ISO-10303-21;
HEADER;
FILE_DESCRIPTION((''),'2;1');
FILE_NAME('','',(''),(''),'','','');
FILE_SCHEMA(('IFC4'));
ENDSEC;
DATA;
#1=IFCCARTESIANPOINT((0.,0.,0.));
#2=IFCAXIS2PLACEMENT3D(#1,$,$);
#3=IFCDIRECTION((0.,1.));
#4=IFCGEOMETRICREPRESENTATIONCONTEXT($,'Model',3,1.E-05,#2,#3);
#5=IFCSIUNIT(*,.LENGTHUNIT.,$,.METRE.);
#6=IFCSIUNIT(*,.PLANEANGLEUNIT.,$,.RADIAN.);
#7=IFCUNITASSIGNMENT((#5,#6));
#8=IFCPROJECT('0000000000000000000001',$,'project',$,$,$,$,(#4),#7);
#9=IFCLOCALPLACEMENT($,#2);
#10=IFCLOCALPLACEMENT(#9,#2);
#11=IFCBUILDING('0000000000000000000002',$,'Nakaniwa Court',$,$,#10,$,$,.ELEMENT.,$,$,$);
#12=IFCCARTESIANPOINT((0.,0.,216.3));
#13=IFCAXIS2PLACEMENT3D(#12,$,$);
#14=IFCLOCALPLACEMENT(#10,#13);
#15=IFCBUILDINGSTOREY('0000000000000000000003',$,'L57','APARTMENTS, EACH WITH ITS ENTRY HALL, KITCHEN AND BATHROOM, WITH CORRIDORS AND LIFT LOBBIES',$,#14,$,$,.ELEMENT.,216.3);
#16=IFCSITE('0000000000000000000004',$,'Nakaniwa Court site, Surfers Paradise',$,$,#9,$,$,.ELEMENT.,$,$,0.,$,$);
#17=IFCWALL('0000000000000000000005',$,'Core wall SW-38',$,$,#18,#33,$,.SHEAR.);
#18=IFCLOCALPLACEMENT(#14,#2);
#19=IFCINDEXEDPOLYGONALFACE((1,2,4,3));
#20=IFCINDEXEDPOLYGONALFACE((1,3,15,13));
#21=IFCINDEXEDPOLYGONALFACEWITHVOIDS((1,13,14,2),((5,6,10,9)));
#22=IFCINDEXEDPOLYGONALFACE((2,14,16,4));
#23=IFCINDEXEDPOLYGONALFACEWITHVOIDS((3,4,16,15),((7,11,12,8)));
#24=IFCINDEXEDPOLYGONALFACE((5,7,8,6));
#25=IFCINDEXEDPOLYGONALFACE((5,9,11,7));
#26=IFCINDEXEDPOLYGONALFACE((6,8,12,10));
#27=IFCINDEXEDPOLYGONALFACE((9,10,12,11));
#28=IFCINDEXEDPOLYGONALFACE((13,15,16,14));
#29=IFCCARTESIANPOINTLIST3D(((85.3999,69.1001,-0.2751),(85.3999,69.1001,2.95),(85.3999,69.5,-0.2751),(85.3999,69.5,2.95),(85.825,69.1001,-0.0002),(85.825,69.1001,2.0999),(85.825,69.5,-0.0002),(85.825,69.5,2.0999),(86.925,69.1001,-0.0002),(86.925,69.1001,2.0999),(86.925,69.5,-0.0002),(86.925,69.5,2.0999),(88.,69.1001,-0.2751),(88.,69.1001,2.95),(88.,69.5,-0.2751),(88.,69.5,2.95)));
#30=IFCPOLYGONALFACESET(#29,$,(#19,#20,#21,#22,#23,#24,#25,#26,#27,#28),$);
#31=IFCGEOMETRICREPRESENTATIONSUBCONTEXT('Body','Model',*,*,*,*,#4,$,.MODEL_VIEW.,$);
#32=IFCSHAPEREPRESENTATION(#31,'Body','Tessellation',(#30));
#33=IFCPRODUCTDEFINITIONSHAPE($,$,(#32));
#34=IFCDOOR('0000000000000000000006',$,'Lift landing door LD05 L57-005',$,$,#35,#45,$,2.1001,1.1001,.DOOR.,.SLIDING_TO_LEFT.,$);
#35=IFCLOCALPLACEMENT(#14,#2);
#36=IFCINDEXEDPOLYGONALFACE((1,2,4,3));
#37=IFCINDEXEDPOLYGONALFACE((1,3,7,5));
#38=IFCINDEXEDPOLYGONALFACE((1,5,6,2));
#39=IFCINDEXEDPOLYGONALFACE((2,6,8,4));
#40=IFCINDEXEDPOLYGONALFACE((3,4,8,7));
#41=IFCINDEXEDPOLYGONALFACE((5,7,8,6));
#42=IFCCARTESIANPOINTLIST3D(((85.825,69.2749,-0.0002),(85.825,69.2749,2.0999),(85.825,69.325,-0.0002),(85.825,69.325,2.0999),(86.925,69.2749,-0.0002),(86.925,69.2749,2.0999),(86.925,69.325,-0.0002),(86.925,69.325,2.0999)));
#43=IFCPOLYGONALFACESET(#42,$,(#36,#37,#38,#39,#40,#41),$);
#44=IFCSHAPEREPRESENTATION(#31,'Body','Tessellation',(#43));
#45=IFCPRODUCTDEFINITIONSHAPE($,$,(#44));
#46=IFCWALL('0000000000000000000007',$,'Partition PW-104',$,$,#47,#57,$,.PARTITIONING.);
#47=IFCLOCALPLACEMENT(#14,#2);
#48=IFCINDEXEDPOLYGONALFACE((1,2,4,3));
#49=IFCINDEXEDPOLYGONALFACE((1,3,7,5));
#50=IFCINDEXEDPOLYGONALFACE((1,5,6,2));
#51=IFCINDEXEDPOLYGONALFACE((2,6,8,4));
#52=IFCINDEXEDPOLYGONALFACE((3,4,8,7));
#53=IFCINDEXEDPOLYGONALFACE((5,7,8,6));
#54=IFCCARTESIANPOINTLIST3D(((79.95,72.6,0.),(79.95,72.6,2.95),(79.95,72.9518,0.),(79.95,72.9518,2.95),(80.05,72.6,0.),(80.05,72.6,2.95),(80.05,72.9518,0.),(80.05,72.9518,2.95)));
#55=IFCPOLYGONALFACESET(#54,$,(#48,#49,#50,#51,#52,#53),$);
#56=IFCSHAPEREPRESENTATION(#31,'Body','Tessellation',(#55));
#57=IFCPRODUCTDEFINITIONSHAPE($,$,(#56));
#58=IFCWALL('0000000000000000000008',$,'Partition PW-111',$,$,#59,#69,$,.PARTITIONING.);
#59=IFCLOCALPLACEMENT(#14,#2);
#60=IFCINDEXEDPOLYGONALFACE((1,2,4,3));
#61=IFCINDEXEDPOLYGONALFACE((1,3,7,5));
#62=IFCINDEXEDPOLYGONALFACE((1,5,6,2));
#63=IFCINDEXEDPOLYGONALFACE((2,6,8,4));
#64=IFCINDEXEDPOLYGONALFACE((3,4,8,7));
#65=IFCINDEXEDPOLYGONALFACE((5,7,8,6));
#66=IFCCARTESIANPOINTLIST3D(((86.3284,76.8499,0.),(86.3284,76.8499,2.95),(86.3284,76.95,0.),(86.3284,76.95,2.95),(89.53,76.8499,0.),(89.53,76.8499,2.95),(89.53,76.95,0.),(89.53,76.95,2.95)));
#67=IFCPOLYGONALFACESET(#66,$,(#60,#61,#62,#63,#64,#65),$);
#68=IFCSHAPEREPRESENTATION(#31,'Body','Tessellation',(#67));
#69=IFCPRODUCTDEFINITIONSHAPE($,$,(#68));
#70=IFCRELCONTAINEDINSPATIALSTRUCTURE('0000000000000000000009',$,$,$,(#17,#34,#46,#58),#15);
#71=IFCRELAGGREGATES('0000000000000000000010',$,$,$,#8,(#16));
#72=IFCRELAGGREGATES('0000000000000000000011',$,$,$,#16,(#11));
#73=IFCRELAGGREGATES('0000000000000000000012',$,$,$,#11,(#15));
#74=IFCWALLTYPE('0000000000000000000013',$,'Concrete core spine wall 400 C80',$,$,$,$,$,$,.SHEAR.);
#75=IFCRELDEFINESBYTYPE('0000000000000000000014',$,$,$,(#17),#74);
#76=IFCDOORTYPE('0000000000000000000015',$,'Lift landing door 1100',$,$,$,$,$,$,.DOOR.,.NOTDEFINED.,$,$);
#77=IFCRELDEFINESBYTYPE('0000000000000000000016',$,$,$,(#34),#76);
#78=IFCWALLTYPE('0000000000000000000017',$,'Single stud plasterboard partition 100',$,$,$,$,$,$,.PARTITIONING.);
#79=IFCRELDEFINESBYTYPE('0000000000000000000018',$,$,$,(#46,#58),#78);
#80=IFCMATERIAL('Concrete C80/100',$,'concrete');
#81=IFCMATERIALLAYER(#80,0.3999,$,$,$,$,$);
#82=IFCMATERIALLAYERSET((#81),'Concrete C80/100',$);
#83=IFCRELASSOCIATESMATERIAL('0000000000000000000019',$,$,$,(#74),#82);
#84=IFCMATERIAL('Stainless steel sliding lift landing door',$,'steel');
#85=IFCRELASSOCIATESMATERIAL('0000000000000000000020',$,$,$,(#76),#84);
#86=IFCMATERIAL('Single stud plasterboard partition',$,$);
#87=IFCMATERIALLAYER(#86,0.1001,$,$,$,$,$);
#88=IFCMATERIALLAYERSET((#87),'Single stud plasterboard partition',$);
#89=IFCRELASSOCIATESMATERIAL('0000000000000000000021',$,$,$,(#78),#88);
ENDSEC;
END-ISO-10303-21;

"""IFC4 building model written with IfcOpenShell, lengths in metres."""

from ifc_helpers import new_model, si_unit, direction, frame, frame_2d, origin, place, context, subcontext, project, spatial, rectangle, extrude, material, layer, layer_set, type_object, element, fill, save


model = new_model("IFC4")

# Units and contexts
model_context = context("Model", 3, precision=1e-05, world=origin(), true_north=direction((0.0, 1.0)))
body_context = subcontext(model_context, "Body", "Model", "MODEL_VIEW")
ifc_project = project(units=[si_unit("LENGTHUNIT", "METRE"), si_unit("PLANEANGLEUNIT", "RADIAN")], contexts=[model_context])

# Site, building, storey
site_placement = place(None, origin())
site = spatial("IfcSite", under=ifc_project, at=site_placement, Name="Nakaniwa Court site, Surfers Paradise", CompositionType="ELEMENT", RefElevation=0.0)
building_placement = place(site_placement, origin())
building = spatial("IfcBuilding", under=site, at=building_placement, Name="Nakaniwa Court", CompositionType="ELEMENT")
storey_placement = place(building_placement, frame((0.0, 0.0, 216.3)))
storey = spatial("IfcBuildingStorey", under=building, at=storey_placement, Name="L57", Description="APARTMENTS, EACH WITH ITS ENTRY HALL, KITCHEN AND BATHROOM, WITH CORRIDORS AND LIFT LOBBIES", CompositionType="ELEMENT", Elevation=216.3)

# Shared definitions
ifc_material_1 = material(Name="Concrete C80/100", Category="concrete")

# Wall, opening, door
ifc_layer_1 = layer(ifc_material_1, 0.3999)
ifc_layer_set_1 = layer_set([ifc_layer_1], Name="Concrete C80/100")
wall_type_1 = type_object("IfcWallType", Name="Concrete core spine wall 400 C80", PredefinedType="SHEAR", material=ifc_layer_set_1)
wall_1_placement = place(storey_placement, frame((85.3999, 69.3, -0.2751), z_axis=(0.0, 0.0, 1.0), x_axis=(1.0, 0.0, 0.0)))
wall_1 = element("IfcWall", 1, at=wall_1_placement, inside=storey, type_object=wall_type_1, Name="Core wall SW-38", PredefinedType="SHEAR", context=body_context, shape_type="SweptSolid", body=[
    extrude(rectangle(XDim=2.6001, YDim=0.3999, at=frame_2d((1.3, 0.0))), origin(), (0.0, 0.0, 1.0), 3.2251),
])
opening_1_placement = place(wall_1_placement, frame((0.425, 0.0, 0.2749)))
opening_1 = element("IfcOpeningElement", 2, at=opening_1_placement, cuts=wall_1, PredefinedType="OPENING", context=body_context, shape_type="SweptSolid", body=[
    extrude(rectangle(XDim=1.1001, YDim=2.1001, at=frame_2d((0.55, 1.05))), frame((0.0, 0.21, 0.0), z_axis=(0.0, -1.0, 0.0), x_axis=(1.0, 0.0, 0.0)), (0.0, 0.0, 1.0), 0.4199),
])
ifc_material_2 = material(Name="Stainless steel sliding lift landing door", Category="steel")
door_type_1 = type_object("IfcDoorType", Name="Lift landing door 1100", OperationType="NOTDEFINED", PredefinedType="DOOR", material=ifc_material_2)
door_1_placement = place(opening_1_placement, origin())
door_1 = element("IfcDoor", 3, at=door_1_placement, inside=storey, type_object=door_type_1, Name="Lift landing door LD05 L57-005", OperationType="SLIDING_TO_LEFT", OverallHeight=2.1001, OverallWidth=1.1001, PredefinedType="DOOR", context=body_context, shape_type="SweptSolid", body=[
    extrude(rectangle(XDim=1.1001, YDim=2.1001, at=frame_2d((0.55, 1.05))), frame((0.0, 0.0249, 0.0), z_axis=(0.0, -1.0, 0.0), x_axis=(1.0, 0.0, 0.0)), (0.0, 0.0, 1.0), 0.05),
])
fill(opening_1, door_1)

# Walls
ifc_material_3 = material(Name="Single stud plasterboard partition")
ifc_layer_2 = layer(ifc_material_3, 0.1001)
ifc_layer_set_2 = layer_set([ifc_layer_2], Name="Single stud plasterboard partition")
wall_type_2 = type_object("IfcWallType", Name="Single stud plasterboard partition 100", PredefinedType="PARTITIONING", material=ifc_layer_set_2)
wall_2_placement = place(storey_placement, frame((80.0, 72.6001, 0.0), z_axis=(0.0, 0.0, 1.0), x_axis=(0.0, 1.0, 0.0)))
element("IfcWall", 4, at=wall_2_placement, inside=storey, type_object=wall_type_2, Name="Partition PW-104", PredefinedType="PARTITIONING", context=body_context, shape_type="SweptSolid", body=[
    extrude(rectangle(XDim=0.3518, YDim=0.1001, at=frame_2d((0.1758, 0.0))), origin(), (0.0, 0.0, 1.0), 2.95),
])
wall_3_placement = place(storey_placement, frame((86.3284, 76.8999, 0.0), z_axis=(0.0, 0.0, 1.0), x_axis=(1.0, 0.0, 0.0)))
element("IfcWall", 5, at=wall_3_placement, inside=storey, type_object=wall_type_2, Name="Partition PW-111", PredefinedType="PARTITIONING", context=body_context, shape_type="SweptSolid", body=[
    extrude(rectangle(XDim=3.2017, YDim=0.1001, at=frame_2d((1.6008, 0.0))), origin(), (0.0, 0.0, 1.0), 2.95),
])

save(model, "model.ifc")
